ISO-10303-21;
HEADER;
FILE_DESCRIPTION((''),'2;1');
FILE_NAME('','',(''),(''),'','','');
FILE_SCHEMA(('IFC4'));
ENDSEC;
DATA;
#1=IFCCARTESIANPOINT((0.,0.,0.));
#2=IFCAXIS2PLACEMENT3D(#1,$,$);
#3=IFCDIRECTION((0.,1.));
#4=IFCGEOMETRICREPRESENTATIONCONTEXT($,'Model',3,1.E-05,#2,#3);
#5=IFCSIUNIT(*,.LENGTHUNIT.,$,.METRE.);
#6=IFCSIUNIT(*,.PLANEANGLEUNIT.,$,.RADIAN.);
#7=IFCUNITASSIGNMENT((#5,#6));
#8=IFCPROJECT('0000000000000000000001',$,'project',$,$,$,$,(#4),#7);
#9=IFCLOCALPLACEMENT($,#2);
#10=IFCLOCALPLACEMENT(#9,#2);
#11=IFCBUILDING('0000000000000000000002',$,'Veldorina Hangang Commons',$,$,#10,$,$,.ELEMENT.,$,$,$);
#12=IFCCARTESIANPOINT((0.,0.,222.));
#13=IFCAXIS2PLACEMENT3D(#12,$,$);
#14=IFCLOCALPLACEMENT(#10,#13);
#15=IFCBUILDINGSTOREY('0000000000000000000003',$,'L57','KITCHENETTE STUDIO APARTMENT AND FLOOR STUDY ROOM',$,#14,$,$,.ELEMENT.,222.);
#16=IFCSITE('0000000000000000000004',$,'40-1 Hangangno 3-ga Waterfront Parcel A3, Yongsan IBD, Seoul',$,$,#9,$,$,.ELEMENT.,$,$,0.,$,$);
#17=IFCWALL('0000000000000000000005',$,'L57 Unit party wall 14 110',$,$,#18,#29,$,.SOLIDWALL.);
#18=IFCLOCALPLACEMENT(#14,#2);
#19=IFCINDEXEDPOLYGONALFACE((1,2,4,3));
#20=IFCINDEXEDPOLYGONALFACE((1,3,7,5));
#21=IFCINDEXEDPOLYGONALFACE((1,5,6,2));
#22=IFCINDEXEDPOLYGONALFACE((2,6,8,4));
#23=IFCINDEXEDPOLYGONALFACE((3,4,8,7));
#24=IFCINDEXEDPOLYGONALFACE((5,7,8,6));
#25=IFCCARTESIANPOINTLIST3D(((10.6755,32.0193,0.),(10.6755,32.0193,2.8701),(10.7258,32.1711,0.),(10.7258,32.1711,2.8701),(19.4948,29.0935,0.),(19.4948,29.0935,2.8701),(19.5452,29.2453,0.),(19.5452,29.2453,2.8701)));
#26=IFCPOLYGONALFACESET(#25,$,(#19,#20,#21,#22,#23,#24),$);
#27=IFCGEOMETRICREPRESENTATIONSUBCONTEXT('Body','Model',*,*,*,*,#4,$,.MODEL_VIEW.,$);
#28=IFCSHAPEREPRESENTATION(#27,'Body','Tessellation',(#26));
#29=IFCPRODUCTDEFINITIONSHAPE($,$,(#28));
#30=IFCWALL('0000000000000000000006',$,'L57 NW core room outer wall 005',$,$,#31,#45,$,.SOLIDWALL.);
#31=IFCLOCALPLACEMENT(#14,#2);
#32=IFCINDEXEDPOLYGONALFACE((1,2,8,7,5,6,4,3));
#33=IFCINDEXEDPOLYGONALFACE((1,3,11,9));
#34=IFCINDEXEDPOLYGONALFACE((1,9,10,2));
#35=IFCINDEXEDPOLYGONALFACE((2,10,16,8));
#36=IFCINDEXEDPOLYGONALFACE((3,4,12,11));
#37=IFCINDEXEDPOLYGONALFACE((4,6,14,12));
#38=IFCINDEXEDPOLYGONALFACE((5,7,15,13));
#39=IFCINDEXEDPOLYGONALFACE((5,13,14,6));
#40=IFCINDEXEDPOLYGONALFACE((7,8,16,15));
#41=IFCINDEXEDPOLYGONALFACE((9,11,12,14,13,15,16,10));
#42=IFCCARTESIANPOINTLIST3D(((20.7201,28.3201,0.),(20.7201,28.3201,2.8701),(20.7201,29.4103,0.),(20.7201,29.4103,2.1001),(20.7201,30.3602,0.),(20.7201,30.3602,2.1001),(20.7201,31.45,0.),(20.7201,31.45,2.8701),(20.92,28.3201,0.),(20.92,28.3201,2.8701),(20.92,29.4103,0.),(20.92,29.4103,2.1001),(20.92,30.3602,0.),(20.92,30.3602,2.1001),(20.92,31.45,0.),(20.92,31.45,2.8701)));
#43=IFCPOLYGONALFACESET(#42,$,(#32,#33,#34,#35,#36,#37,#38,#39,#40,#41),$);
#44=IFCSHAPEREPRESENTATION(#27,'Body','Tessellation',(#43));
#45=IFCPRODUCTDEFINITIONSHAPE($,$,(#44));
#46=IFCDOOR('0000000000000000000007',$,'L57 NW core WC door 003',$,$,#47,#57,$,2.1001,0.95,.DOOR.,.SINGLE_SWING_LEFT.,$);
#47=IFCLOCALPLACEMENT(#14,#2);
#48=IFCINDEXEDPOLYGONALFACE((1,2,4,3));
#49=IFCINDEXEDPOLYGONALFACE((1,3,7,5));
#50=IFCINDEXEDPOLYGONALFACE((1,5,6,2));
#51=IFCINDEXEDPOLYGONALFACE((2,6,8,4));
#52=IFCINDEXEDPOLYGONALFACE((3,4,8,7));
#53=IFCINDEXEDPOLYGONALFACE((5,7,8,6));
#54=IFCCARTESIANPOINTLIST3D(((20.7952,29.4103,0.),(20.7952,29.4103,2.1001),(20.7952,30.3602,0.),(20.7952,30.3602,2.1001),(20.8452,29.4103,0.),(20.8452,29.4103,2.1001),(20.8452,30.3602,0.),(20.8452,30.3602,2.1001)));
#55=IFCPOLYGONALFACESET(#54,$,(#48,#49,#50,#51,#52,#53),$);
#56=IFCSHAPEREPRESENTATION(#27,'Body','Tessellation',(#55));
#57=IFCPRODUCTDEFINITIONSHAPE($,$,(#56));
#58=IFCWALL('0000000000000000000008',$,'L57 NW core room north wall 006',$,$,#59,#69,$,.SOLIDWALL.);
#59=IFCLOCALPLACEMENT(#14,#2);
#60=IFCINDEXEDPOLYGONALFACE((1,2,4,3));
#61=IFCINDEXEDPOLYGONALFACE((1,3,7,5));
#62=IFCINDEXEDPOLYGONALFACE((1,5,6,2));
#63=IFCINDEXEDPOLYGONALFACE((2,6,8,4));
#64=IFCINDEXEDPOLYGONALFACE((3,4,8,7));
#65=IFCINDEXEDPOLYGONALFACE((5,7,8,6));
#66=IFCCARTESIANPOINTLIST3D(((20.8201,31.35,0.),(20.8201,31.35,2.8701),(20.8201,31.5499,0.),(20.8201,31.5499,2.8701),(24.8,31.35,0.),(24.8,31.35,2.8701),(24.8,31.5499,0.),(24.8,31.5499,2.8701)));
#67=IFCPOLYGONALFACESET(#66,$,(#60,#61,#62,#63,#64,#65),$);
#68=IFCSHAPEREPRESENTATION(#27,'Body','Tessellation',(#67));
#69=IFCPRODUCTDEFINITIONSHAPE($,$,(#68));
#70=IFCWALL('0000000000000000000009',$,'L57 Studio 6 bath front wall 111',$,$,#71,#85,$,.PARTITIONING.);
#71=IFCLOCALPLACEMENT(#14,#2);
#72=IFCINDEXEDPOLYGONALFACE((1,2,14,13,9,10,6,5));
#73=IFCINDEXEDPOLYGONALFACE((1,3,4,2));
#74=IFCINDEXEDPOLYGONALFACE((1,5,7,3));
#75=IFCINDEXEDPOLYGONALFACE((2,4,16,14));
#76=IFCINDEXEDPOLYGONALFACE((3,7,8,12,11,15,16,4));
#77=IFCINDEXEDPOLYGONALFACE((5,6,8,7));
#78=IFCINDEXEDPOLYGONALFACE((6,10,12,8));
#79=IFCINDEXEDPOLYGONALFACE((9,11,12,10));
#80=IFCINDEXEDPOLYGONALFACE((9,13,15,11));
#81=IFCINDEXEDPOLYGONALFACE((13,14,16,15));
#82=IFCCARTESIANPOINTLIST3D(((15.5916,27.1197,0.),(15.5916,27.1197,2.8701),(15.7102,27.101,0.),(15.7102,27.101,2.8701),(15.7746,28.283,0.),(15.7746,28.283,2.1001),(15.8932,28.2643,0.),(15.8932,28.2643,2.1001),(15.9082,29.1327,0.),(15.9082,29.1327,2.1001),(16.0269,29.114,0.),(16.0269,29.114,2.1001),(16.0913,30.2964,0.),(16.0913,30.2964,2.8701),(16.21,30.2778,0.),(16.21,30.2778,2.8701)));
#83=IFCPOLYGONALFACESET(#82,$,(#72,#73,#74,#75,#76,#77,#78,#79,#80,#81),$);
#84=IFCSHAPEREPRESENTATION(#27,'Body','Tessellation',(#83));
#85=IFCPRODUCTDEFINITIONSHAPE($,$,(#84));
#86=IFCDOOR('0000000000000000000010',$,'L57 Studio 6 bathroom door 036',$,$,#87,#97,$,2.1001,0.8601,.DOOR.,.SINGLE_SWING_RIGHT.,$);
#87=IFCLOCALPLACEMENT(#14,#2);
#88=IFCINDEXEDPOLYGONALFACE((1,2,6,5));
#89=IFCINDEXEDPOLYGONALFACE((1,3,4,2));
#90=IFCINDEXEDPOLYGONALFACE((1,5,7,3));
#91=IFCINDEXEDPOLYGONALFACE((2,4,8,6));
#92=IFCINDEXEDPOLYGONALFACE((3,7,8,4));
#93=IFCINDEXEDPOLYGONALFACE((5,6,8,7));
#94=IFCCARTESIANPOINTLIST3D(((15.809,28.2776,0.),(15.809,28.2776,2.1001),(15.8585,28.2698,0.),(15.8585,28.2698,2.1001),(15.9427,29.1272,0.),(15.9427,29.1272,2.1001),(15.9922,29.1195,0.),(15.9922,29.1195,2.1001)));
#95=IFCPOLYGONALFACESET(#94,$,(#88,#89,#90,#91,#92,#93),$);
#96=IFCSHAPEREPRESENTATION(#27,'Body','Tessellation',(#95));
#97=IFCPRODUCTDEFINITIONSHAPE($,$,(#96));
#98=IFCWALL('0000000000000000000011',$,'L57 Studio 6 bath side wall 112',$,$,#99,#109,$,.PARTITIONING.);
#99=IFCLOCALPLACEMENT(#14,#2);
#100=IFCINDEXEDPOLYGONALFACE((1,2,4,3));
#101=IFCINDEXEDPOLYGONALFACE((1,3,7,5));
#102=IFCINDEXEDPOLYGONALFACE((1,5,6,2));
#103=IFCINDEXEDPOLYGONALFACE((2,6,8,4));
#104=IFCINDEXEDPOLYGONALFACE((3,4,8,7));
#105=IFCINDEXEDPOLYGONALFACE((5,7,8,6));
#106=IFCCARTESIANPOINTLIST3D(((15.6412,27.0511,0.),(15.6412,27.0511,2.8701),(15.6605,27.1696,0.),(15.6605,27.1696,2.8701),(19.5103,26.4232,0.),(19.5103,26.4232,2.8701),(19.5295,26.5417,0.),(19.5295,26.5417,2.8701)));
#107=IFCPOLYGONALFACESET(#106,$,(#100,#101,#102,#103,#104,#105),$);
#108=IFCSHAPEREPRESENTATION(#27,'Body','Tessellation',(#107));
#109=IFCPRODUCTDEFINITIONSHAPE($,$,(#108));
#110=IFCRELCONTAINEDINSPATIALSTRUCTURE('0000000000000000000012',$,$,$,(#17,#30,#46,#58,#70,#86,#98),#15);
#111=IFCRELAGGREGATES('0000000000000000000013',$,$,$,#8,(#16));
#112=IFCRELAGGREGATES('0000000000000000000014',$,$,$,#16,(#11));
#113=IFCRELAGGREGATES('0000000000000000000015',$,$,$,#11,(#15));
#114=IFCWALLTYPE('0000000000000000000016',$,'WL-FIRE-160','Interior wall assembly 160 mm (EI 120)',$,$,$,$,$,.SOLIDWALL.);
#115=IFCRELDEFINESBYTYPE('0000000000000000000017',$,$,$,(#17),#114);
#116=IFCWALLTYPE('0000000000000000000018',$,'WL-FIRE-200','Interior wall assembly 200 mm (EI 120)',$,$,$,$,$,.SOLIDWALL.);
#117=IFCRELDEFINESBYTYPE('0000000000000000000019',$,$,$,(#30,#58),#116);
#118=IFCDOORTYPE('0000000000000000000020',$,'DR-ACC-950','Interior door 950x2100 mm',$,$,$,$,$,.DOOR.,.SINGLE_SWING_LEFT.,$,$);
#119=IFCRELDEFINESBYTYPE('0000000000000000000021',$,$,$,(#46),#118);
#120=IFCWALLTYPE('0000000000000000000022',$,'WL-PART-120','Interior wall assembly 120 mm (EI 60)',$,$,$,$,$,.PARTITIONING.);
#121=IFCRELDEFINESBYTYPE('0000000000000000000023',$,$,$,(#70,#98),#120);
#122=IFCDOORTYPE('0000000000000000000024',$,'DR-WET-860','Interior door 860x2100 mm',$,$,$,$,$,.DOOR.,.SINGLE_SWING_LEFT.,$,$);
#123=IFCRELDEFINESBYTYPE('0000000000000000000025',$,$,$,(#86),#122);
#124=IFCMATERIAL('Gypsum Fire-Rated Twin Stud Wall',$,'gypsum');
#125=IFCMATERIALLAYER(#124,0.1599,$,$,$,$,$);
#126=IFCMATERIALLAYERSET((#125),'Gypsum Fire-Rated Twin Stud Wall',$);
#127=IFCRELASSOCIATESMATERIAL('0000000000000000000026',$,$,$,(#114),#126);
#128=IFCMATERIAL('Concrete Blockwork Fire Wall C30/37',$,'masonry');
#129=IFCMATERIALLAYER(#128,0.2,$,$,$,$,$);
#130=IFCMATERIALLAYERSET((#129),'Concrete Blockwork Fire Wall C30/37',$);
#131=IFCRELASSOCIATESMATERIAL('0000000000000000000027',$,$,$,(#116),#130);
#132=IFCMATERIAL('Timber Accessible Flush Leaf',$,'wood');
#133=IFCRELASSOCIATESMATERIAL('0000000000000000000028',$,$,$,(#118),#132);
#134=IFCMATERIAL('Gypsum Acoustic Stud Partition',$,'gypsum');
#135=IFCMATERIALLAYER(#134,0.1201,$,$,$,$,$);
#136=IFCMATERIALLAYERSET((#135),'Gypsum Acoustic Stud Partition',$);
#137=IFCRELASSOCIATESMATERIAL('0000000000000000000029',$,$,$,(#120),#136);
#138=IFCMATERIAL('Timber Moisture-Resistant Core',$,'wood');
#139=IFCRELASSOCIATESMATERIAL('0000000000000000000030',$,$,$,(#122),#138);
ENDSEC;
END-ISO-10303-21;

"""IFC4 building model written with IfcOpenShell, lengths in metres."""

from ifc_helpers import new_model, si_unit, direction, frame, frame_2d, origin, place, context, subcontext, project, spatial, rectangle, extrude, material, layer, layer_set, type_object, element, fill, save


model = new_model("IFC4")

# Units and contexts
model_context = context("Model", 3, precision=1e-05, world=origin(), true_north=direction((0.0, 1.0)))
body_context = subcontext(model_context, "Body", "Model", "MODEL_VIEW")
ifc_project = project(units=[si_unit("LENGTHUNIT", "METRE"), si_unit("PLANEANGLEUNIT", "RADIAN")], contexts=[model_context])

# Site, building, storey
site_placement = place(None, origin())
site = spatial("IfcSite", under=ifc_project, at=site_placement, Name="40-1 Hangangno 3-ga Waterfront Parcel A3, Yongsan IBD, Seoul", CompositionType="ELEMENT", RefElevation=0.0)
building_placement = place(site_placement, origin())
building = spatial("IfcBuilding", under=site, at=building_placement, Name="Veldorina Hangang Commons", CompositionType="ELEMENT")
storey_placement = place(building_placement, frame((0.0, 0.0, 222.0)))
storey = spatial("IfcBuildingStorey", under=building, at=storey_placement, Name="L57", Description="KITCHENETTE STUDIO APARTMENT AND FLOOR STUDY ROOM", CompositionType="ELEMENT", Elevation=222.0)

# Shared definitions
ifc_material_1 = material(Name="Gypsum Fire-Rated Twin Stud Wall", Category="gypsum")
ifc_layer_1 = layer(ifc_material_1, 0.1599)
ifc_layer_set_1 = layer_set([ifc_layer_1], Name="Gypsum Fire-Rated Twin Stud Wall")
wall_type_1 = type_object("IfcWallType", Name="WL-FIRE-160", Description="Interior wall assembly 160 mm (EI 120)", PredefinedType="SOLIDWALL", material=ifc_layer_set_1)

# Wall
wall_1_placement = place(storey_placement, frame((19.52, 29.1694, 0.0), z_axis=(0.0, 0.0, 1.0), x_axis=(-0.949134, 0.314872, 0.0)))
element("IfcWall", 1, at=wall_1_placement, inside=storey, type_object=wall_type_1, Name="L57 Unit party wall 14 110", PredefinedType="SOLIDWALL", context=body_context, shape_type="SweptSolid", body=[
    extrude(rectangle(XDim=9.292, YDim=0.1599, at=frame_2d((4.646, 0.0))), origin(), (0.0, 0.0, 1.0), 2.8701),
])

# Wall, opening, door
ifc_material_2 = material(Name="Concrete Blockwork Fire Wall C30/37", Category="masonry")
ifc_layer_2 = layer(ifc_material_2, 0.2)
ifc_layer_set_2 = layer_set([ifc_layer_2], Name="Concrete Blockwork Fire Wall C30/37")
wall_type_2 = type_object("IfcWallType", Name="WL-FIRE-200", Description="Interior wall assembly 200 mm (EI 120)", PredefinedType="SOLIDWALL", material=ifc_layer_set_2)
wall_2_placement = place(storey_placement, frame((20.8201, 28.3201, 0.0), z_axis=(0.0, 0.0, 1.0), x_axis=(0.0, 1.0, 0.0)))
wall_2 = element("IfcWall", 2, at=wall_2_placement, inside=storey, type_object=wall_type_2, Name="L57 NW core room outer wall 005", PredefinedType="SOLIDWALL", context=body_context, shape_type="SweptSolid", body=[
    extrude(rectangle(XDim=3.1299, YDim=0.2, at=frame_2d((1.5649, 0.0))), origin(), (0.0, 0.0, 1.0), 2.8701),
])
opening_1_placement = place(wall_2_placement, frame((1.0901, 0.0, 0.0)))
opening_1 = element("IfcOpeningElement", 3, at=opening_1_placement, cuts=wall_2, PredefinedType="OPENING", context=body_context, shape_type="SweptSolid", body=[
    extrude(rectangle(XDim=0.95, YDim=2.1001, at=frame_2d((0.4751, 1.05))), frame((0.0, 0.1099, 0.0), z_axis=(0.0, -1.0, 0.0), x_axis=(1.0, 0.0, 0.0)), (0.0, 0.0, 1.0), 0.22),
])
ifc_material_3 = material(Name="Timber Accessible Flush Leaf", Category="wood")
door_type_1 = type_object("IfcDoorType", Name="DR-ACC-950", Description="Interior door 950x2100 mm", OperationType="SINGLE_SWING_LEFT", PredefinedType="DOOR", material=ifc_material_3)
door_1_placement = place(opening_1_placement, origin())
door_1 = element("IfcDoor", 4, at=door_1_placement, inside=storey, type_object=door_type_1, Name="L57 NW core WC door 003", OperationType="SINGLE_SWING_LEFT", OverallHeight=2.1001, OverallWidth=0.95, PredefinedType="DOOR", context=body_context, shape_type="SweptSolid", body=[
    extrude(rectangle(XDim=0.95, YDim=2.1001, at=frame_2d((0.4751, 1.05))), frame((0.0, 0.0249, 0.0), z_axis=(0.0, -1.0, 0.0), x_axis=(1.0, 0.0, 0.0)), (0.0, 0.0, 1.0), 0.05),
])
fill(opening_1, door_1)

# Wall
wall_3_placement = place(storey_placement, frame((20.8201, 31.45, 0.0), z_axis=(0.0, 0.0, 1.0), x_axis=(1.0, 0.0, 0.0)))
element("IfcWall", 5, at=wall_3_placement, inside=storey, type_object=wall_type_2, Name="L57 NW core room north wall 006", PredefinedType="SOLIDWALL", context=body_context, shape_type="SweptSolid", body=[
    extrude(rectangle(XDim=3.98, YDim=0.2, at=frame_2d((1.99, 0.0))), origin(), (0.0, 0.0, 1.0), 2.8701),
])

# Wall, opening, door
ifc_material_4 = material(Name="Gypsum Acoustic Stud Partition", Category="gypsum")
ifc_layer_3 = layer(ifc_material_4, 0.1201)
ifc_layer_set_3 = layer_set([ifc_layer_3], Name="Gypsum Acoustic Stud Partition")
wall_type_3 = type_object("IfcWallType", Name="WL-PART-120", Description="Interior wall assembly 120 mm (EI 60)", PredefinedType="PARTITIONING", material=ifc_layer_set_3)
wall_4_placement = place(storey_placement, frame((16.1506, 30.2871, 0.0), z_axis=(0.0, 0.0, 1.0), x_axis=(-0.155405, -0.987851, 0.0)))
wall_4 = element("IfcWall", 6, at=wall_4_placement, inside=storey, type_object=wall_type_3, Name="L57 Studio 6 bath front wall 111", PredefinedType="PARTITIONING", context=body_context, shape_type="SweptSolid", body=[
    extrude(rectangle(XDim=3.2158, YDim=0.1201, at=frame_2d((1.6079, 0.0))), origin(), (0.0, 0.0, 1.0), 2.8701),
])
opening_2_placement = place(wall_4_placement, frame((1.178, 0.0, 0.0)))
opening_2 = element("IfcOpeningElement", 7, at=opening_2_placement, cuts=wall_4, PredefinedType="OPENING", context=body_context, shape_type="SweptSolid", body=[
    extrude(rectangle(XDim=0.8601, YDim=2.1001, at=frame_2d((0.4302, 1.05))), frame((0.0, 0.0701, 0.0), z_axis=(0.0, -1.0, 0.0), x_axis=(1.0, 0.0, 0.0)), (0.0, 0.0, 1.0), 0.1401),
])
ifc_material_5 = material(Name="Timber Moisture-Resistant Core", Category="wood")
door_type_2 = type_object("IfcDoorType", Name="DR-WET-860", Description="Interior door 860x2100 mm", OperationType="SINGLE_SWING_LEFT", PredefinedType="DOOR", material=ifc_material_5)
door_2_placement = place(opening_2_placement, origin())
door_2 = element("IfcDoor", 8, at=door_2_placement, inside=storey, type_object=door_type_2, Name="L57 Studio 6 bathroom door 036", OperationType="SINGLE_SWING_RIGHT", OverallHeight=2.1001, OverallWidth=0.8601, PredefinedType="DOOR", context=body_context, shape_type="SweptSolid", body=[
    extrude(rectangle(XDim=0.8601, YDim=2.1001, at=frame_2d((0.4302, 1.05))), frame((0.0, 0.0249, 0.0), z_axis=(0.0, -1.0, 0.0), x_axis=(1.0, 0.0, 0.0)), (0.0, 0.0, 1.0), 0.05),
])
fill(opening_2, door_2)

# Wall
wall_5_placement = place(storey_placement, frame((19.52, 26.4824, 0.0), z_axis=(0.0, 0.0, 1.0), x_axis=(-0.987085, 0.160196, 0.0)))
element("IfcWall", 9, at=wall_5_placement, inside=storey, type_object=wall_type_3, Name="L57 Studio 6 bath side wall 112", PredefinedType="PARTITIONING", context=body_context, shape_type="SweptSolid", body=[
    extrude(rectangle(XDim=3.9197, YDim=0.1201, at=frame_2d((1.96, 0.0))), origin(), (0.0, 0.0, 1.0), 2.8701),
])

save(model, "model.ifc")
